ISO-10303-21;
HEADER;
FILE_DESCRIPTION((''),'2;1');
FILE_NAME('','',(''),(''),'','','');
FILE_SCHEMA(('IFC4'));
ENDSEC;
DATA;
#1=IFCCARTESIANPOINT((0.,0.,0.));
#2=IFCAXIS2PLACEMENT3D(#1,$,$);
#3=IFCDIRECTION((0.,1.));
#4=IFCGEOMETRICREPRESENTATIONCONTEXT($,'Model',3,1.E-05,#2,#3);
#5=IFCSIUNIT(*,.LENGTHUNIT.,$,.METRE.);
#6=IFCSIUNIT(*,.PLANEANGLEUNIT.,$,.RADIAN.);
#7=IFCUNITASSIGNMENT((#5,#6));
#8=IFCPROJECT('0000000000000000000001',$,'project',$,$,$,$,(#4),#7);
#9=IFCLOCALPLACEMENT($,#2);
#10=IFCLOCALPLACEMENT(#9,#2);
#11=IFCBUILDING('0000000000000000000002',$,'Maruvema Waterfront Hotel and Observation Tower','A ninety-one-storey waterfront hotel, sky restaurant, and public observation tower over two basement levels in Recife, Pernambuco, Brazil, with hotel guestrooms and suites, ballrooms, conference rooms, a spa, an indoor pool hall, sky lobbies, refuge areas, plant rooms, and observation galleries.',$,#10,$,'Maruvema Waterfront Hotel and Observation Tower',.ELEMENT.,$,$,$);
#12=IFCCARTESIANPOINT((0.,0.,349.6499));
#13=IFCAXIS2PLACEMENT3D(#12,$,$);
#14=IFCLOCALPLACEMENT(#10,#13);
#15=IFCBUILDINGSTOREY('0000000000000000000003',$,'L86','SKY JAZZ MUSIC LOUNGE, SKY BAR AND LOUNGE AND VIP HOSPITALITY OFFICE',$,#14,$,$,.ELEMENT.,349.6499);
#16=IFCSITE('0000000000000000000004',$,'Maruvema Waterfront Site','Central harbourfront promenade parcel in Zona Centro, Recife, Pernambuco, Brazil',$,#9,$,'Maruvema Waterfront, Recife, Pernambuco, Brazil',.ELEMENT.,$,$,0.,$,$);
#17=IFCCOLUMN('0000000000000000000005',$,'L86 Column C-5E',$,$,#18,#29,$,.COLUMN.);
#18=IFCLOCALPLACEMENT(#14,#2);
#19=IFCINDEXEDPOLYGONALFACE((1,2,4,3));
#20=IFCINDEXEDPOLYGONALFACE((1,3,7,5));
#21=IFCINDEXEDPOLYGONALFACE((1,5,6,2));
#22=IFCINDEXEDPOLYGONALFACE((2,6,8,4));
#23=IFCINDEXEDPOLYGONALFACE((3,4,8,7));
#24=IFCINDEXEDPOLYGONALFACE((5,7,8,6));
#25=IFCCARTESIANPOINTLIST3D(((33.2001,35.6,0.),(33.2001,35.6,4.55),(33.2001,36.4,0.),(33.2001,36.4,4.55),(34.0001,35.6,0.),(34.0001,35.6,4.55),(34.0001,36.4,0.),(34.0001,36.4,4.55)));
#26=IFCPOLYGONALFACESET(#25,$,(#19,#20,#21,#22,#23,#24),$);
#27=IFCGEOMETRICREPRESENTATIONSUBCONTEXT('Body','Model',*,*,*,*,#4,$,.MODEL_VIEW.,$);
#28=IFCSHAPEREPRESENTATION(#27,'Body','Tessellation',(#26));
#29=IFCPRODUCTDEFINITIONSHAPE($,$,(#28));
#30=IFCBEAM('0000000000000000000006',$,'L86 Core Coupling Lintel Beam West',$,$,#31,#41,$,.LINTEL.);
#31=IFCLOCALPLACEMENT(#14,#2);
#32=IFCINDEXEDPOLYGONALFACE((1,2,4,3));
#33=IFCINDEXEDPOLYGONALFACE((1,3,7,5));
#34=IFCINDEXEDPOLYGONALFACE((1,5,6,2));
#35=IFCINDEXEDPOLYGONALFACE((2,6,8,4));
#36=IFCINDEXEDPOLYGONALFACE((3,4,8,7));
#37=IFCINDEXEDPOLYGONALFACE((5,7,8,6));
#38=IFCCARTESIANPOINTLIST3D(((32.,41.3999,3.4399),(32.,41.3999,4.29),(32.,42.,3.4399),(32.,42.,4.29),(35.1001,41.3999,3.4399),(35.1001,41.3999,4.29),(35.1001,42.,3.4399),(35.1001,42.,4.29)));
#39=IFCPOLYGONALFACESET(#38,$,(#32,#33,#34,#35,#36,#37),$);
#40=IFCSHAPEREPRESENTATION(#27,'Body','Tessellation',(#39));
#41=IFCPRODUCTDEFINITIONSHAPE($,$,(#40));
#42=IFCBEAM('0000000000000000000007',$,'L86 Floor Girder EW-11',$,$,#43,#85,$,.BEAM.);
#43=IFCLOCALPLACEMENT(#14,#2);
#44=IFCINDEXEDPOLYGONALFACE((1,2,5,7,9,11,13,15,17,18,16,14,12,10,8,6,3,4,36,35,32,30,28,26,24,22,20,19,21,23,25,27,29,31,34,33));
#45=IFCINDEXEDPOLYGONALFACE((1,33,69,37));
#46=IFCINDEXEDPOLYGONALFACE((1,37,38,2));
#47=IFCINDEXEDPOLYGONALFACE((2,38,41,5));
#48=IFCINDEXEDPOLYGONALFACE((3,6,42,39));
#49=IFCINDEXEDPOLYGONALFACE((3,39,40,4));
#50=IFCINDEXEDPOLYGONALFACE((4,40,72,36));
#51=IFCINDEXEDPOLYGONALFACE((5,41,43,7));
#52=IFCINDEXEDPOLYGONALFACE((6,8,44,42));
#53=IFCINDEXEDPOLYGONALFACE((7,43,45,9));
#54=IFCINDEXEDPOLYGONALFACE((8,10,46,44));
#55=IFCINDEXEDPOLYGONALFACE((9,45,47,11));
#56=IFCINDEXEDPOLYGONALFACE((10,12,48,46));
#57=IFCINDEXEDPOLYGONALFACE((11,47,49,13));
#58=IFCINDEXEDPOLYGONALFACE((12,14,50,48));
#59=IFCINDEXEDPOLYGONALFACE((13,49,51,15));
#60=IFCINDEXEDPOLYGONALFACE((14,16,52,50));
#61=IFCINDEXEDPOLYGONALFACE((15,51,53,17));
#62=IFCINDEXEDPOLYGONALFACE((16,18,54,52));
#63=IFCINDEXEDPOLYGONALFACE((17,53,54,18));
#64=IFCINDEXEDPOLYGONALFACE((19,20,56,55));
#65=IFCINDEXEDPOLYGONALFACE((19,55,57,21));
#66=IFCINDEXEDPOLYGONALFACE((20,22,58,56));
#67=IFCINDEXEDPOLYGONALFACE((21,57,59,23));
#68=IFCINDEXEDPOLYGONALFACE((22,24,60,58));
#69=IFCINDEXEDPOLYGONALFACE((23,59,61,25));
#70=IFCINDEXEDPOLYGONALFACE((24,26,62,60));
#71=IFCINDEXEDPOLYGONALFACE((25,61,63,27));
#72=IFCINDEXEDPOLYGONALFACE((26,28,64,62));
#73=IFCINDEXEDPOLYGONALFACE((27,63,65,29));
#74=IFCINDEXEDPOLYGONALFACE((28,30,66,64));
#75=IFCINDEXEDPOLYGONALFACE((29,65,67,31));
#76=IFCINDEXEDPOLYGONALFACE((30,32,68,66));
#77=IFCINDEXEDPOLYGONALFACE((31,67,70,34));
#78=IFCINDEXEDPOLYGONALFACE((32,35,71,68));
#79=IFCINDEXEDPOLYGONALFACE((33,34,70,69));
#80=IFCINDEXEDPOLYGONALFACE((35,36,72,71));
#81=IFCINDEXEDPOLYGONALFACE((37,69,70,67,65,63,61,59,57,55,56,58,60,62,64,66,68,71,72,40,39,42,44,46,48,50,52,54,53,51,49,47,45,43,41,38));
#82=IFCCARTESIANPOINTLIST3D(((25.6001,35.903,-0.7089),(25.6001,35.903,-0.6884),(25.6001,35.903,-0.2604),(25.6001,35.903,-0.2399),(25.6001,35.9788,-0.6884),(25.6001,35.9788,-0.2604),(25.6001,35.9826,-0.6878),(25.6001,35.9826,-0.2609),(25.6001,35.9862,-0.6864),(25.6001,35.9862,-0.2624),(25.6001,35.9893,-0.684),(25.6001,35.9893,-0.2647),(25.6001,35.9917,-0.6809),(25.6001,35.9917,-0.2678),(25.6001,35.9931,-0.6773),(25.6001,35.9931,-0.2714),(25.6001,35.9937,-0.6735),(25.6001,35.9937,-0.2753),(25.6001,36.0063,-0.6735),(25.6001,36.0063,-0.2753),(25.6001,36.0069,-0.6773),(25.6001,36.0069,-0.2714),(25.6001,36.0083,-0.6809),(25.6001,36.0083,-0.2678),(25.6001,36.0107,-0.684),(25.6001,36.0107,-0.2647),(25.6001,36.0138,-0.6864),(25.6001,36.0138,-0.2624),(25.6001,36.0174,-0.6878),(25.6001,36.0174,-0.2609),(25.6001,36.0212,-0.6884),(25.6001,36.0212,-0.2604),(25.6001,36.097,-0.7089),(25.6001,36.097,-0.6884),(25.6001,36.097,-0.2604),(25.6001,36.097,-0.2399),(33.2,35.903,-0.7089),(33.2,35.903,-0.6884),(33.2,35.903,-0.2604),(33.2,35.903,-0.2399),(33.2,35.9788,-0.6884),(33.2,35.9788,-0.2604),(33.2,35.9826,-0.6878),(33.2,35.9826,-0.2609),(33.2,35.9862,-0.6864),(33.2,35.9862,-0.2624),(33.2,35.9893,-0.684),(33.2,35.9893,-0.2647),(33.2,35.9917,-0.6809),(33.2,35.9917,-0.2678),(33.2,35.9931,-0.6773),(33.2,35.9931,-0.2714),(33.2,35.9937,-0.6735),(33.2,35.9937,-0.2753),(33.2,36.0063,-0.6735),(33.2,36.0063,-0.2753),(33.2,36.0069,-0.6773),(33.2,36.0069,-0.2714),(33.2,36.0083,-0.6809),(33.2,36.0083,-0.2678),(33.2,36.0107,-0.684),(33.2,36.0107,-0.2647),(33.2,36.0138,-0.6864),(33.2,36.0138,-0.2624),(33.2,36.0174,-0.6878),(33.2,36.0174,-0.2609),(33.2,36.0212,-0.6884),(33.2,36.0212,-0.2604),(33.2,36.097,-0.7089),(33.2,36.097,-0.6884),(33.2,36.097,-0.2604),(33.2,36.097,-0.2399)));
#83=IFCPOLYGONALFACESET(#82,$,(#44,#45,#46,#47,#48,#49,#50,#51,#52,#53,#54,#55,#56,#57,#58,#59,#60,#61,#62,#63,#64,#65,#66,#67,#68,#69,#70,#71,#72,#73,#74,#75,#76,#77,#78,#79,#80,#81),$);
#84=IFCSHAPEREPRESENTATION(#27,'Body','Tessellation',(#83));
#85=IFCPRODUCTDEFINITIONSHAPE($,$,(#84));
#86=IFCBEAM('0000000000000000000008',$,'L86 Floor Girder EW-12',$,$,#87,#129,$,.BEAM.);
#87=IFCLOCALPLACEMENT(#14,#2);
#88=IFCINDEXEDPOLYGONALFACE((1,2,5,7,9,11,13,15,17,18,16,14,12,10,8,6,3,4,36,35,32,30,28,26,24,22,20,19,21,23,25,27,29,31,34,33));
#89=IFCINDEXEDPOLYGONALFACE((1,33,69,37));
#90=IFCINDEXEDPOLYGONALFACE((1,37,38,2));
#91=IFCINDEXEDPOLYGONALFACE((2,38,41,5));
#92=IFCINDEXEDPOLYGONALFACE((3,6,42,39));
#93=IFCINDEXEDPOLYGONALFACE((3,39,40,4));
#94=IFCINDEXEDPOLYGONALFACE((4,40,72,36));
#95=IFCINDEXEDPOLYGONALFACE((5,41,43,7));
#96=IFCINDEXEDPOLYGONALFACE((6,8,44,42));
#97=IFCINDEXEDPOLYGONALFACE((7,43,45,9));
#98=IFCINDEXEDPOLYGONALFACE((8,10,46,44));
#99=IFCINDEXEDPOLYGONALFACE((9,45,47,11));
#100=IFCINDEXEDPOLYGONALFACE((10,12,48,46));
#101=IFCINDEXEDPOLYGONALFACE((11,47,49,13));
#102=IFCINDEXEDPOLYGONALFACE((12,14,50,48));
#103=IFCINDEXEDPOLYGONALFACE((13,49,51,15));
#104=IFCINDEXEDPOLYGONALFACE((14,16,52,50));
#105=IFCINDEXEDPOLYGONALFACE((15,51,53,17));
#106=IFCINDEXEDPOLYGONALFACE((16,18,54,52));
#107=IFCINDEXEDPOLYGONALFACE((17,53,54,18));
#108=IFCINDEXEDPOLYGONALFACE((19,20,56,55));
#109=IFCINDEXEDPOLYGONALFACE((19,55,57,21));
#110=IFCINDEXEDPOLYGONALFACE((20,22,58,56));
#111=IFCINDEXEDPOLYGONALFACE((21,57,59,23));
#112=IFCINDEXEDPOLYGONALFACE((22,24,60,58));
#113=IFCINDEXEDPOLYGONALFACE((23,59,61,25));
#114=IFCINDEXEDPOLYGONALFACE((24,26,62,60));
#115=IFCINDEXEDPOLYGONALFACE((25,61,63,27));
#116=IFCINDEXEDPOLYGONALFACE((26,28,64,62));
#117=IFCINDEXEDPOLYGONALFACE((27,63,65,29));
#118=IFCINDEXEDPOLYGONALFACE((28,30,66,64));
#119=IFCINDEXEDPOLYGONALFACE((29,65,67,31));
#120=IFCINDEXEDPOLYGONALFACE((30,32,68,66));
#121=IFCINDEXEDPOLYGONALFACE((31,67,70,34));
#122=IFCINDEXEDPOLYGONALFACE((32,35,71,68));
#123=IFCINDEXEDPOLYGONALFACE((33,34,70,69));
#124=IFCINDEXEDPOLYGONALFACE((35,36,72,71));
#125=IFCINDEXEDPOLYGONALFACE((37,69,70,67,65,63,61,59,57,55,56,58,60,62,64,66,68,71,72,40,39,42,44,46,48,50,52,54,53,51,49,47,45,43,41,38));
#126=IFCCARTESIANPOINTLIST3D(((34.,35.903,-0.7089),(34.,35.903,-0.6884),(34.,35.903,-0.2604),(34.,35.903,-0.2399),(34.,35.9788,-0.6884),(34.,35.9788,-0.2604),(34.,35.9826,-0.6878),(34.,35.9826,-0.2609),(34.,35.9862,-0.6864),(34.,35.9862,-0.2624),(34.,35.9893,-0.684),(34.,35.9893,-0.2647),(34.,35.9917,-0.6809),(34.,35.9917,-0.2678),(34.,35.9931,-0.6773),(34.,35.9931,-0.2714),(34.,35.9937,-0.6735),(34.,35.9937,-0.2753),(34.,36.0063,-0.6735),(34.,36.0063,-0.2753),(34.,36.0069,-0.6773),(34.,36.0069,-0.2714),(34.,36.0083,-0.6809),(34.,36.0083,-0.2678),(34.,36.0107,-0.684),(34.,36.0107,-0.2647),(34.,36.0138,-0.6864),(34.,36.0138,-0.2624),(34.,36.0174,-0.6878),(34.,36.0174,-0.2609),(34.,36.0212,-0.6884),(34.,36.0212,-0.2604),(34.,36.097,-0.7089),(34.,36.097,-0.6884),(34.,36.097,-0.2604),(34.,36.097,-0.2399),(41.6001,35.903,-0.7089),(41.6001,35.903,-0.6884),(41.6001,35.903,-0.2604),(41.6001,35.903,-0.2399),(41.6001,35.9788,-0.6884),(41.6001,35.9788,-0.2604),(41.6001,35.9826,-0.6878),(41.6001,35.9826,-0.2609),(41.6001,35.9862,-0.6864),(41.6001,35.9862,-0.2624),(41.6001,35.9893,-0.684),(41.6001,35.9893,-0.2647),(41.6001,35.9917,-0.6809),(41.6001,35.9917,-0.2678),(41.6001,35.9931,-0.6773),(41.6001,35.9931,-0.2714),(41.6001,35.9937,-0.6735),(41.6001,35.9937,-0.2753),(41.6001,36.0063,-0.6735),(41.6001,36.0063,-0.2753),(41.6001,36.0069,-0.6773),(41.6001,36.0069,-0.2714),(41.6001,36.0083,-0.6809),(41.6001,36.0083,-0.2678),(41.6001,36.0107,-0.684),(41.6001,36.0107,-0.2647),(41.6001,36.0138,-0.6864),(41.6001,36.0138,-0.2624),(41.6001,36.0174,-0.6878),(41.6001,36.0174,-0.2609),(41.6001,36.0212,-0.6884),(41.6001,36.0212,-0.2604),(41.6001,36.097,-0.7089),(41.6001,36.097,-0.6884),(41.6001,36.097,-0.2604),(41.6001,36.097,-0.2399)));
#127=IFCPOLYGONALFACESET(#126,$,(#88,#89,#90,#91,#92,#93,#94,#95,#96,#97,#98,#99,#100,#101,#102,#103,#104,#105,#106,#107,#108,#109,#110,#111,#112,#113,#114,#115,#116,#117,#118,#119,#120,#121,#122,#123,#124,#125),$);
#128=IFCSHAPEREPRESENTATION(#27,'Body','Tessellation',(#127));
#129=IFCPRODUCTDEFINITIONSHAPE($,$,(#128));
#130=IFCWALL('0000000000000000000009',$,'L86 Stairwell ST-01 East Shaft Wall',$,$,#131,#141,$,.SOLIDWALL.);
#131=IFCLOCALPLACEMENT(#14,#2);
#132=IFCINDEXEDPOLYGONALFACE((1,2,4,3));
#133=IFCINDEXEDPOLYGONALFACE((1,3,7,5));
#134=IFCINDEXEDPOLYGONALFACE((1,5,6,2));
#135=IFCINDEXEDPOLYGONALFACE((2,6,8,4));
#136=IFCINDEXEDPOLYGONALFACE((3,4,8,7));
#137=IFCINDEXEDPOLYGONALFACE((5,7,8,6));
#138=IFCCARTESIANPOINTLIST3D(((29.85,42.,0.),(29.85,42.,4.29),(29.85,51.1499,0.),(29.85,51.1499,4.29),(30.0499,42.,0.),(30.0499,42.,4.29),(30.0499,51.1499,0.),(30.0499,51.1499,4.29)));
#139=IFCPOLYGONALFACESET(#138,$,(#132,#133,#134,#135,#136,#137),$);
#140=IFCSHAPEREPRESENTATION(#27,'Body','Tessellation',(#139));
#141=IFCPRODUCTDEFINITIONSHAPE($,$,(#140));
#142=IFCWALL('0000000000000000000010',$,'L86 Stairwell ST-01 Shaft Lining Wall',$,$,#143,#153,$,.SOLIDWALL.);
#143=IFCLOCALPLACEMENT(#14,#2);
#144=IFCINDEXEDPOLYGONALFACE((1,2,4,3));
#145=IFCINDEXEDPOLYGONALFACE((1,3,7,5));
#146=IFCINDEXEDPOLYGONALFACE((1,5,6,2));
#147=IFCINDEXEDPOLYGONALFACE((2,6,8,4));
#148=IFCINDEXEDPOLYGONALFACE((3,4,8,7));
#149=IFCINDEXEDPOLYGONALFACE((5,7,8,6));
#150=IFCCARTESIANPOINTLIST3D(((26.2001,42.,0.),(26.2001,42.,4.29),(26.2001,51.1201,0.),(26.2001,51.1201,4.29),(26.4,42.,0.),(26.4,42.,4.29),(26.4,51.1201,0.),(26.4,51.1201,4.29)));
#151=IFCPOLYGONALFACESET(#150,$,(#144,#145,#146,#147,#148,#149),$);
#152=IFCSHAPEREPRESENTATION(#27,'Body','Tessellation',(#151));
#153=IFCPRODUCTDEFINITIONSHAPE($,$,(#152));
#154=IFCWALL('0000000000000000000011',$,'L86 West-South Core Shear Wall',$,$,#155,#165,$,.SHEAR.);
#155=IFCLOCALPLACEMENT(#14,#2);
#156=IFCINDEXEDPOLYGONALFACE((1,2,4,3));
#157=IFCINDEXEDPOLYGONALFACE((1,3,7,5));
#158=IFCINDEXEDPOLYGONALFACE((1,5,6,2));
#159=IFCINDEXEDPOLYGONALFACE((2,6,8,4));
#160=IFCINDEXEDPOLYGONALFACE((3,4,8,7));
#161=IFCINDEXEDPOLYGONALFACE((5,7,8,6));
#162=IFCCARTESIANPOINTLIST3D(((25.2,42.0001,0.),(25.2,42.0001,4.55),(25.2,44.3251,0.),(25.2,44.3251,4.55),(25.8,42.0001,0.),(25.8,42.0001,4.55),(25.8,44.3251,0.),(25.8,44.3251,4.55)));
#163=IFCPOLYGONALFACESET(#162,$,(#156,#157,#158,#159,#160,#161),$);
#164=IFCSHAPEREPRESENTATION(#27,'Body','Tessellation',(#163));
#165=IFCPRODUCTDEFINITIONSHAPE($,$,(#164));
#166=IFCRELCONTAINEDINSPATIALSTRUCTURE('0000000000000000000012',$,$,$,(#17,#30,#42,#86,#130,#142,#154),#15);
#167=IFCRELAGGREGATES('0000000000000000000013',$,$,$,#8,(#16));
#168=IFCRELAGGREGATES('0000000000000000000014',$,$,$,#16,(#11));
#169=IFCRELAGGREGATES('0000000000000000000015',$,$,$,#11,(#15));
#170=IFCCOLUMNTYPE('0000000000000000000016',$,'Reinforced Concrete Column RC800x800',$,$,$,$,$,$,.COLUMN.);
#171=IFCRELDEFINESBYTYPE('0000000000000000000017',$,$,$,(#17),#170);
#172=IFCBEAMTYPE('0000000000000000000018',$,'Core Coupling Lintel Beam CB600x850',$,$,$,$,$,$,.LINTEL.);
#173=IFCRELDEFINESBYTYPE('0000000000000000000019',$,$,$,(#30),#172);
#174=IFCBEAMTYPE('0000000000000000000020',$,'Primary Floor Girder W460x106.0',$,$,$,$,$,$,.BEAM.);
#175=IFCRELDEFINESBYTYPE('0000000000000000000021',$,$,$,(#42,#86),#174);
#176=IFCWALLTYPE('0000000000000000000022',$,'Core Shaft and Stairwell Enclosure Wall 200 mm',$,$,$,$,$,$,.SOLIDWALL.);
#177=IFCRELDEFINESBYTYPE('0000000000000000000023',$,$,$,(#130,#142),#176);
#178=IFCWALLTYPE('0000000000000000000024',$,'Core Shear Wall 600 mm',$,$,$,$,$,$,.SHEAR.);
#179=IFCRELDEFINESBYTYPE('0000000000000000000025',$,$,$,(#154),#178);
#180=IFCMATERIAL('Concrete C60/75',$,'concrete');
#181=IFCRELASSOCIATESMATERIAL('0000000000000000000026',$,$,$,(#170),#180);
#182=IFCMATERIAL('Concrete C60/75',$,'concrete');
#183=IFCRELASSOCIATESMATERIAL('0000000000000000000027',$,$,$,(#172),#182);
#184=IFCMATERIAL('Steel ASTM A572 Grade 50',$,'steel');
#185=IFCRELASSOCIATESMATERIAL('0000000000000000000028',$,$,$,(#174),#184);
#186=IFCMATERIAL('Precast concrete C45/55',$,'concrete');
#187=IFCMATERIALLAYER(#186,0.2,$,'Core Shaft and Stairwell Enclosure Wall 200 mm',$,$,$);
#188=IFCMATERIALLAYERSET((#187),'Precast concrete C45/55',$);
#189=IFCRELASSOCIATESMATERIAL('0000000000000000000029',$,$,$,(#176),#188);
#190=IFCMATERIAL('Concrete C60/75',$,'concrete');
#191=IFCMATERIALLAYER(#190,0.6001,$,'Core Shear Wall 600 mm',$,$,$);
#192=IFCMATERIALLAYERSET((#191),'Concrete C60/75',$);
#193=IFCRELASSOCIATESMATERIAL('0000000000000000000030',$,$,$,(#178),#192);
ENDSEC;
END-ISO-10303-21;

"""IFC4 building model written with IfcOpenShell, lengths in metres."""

from ifc_helpers import new_model, si_unit, direction, frame, frame_2d, origin, origin_2d, place, context, subcontext, project, spatial, rectangle, i_section, extrude, material, layer, layer_set, material_profile, profile_set, type_object, element, save


model = new_model("IFC4")

# Units and contexts
model_context = context("Model", 3, precision=1e-05, world=origin(), true_north=direction((0.0, 1.0)))
body_context = subcontext(model_context, "Body", "Model", "MODEL_VIEW")
ifc_project = project(units=[si_unit("LENGTHUNIT", "METRE"), si_unit("PLANEANGLEUNIT", "RADIAN")], contexts=[model_context])

# Site, building, storey
site_placement = place(None, origin())
site = spatial("IfcSite", under=ifc_project, at=site_placement, Name="Maruvema Waterfront Site", Description="Central harbourfront promenade parcel in Zona Centro, Recife, Pernambuco, Brazil", LongName="Maruvema Waterfront, Recife, Pernambuco, Brazil", CompositionType="ELEMENT", RefElevation=0.0)
building_placement = place(site_placement, origin())
building = spatial("IfcBuilding", under=site, at=building_placement, Name="Maruvema Waterfront Hotel and Observation Tower", Description="A ninety-one-storey waterfront hotel, sky restaurant, and public observation tower over two basement levels in Recife, Pernambuco, Brazil, with hotel guestrooms and suites, ballrooms, conference rooms, a spa, an indoor pool hall, sky lobbies, refuge areas, plant rooms, and observation galleries.", LongName="Maruvema Waterfront Hotel and Observation Tower", CompositionType="ELEMENT")
storey_placement = place(building_placement, frame((0.0, 0.0, 349.6499)))
storey = spatial("IfcBuildingStorey", under=building, at=storey_placement, Name="L86", Description="SKY JAZZ MUSIC LOUNGE, SKY BAR AND LOUNGE AND VIP HOSPITALITY OFFICE", CompositionType="ELEMENT", Elevation=349.6499)

# Column
ifc_material_1 = material(Name="Concrete C60/75", Category="concrete")
ifc_material_profile_1 = material_profile(ifc_material_1, rectangle(XDim=0.8, YDim=0.8, at=origin_2d()), Name="RC800x800")
ifc_profile_set_1 = profile_set([ifc_material_profile_1], Name="Concrete C60/75")
column_type = type_object("IfcColumnType", Name="Reinforced Concrete Column RC800x800", PredefinedType="COLUMN", material=ifc_profile_set_1)
column_placement = place(storey_placement, frame((33.6001, 36.0, 0.0), z_axis=(0.0, 0.0, 1.0), x_axis=(1.0, 0.0, 0.0)))
element("IfcColumn", 1, at=column_placement, inside=storey, type_object=column_type, Name="L86 Column C-5E", PredefinedType="COLUMN", context=body_context, shape_type="SweptSolid", body=[
    extrude(rectangle(XDim=0.8, YDim=0.8, at=origin_2d()), origin(), (0.0, 0.0, 1.0), 4.55),
])

# Beams
ifc_material_2 = material(Name="Concrete C60/75", Category="concrete")
ifc_material_profile_2 = material_profile(ifc_material_2, rectangle(XDim=0.6001, YDim=0.8501, at=origin_2d()), Name="CB600x850")
ifc_profile_set_2 = profile_set([ifc_material_profile_2], Name="Concrete C60/75")
beam_type_1 = type_object("IfcBeamType", Name="Core Coupling Lintel Beam CB600x850", PredefinedType="LINTEL", material=ifc_profile_set_2)
beam_1_placement = place(storey_placement, frame((32.0, 41.7, 3.865), z_axis=(1.0, 0.0, 0.0), x_axis=(0.0, 1.0, 0.0)))
element("IfcBeam", 2, at=beam_1_placement, inside=storey, type_object=beam_type_1, Name="L86 Core Coupling Lintel Beam West", PredefinedType="LINTEL", context=body_context, shape_type="SweptSolid", body=[
    extrude(rectangle(XDim=0.6001, YDim=0.8501, at=origin_2d()), origin(), (0.0, 0.0, 1.0), 3.1001),
])
ifc_material_3 = material(Name="Steel ASTM A572 Grade 50", Category="steel")
ifc_material_profile_3 = material_profile(ifc_material_3, i_section(OverallWidth=0.1941, OverallDepth=0.469, WebThickness=0.0127, FlangeThickness=0.0205, FilletRadius=0.0149, at=origin_2d()), Name="W460x106.0")
ifc_profile_set_3 = profile_set([ifc_material_profile_3], Name="Steel ASTM A572 Grade 50")
beam_type_2 = type_object("IfcBeamType", Name="Primary Floor Girder W460x106.0", PredefinedType="BEAM", material=ifc_profile_set_3)
beam_2_placement = place(storey_placement, frame((25.6001, 36.0, -0.4744), z_axis=(1.0, 0.0, 0.0), x_axis=(0.0, 1.0, 0.0)))
element("IfcBeam", 3, at=beam_2_placement, inside=storey, type_object=beam_type_2, Name="L86 Floor Girder EW-11", PredefinedType="BEAM", context=body_context, shape_type="SweptSolid", body=[
    extrude(i_section(OverallWidth=0.1941, OverallDepth=0.469, WebThickness=0.0127, FlangeThickness=0.0205, FilletRadius=0.0149, at=origin_2d()), origin(), (0.0, 0.0, 1.0), 7.5999),
])
beam_3_placement = place(storey_placement, frame((34.0, 36.0, -0.4744), z_axis=(1.0, 0.0, 0.0), x_axis=(0.0, 1.0, 0.0)))
element("IfcBeam", 4, at=beam_3_placement, inside=storey, type_object=beam_type_2, Name="L86 Floor Girder EW-12", PredefinedType="BEAM", context=body_context, shape_type="SweptSolid", body=[
    extrude(i_section(OverallWidth=0.1941, OverallDepth=0.469, WebThickness=0.0127, FlangeThickness=0.0205, FilletRadius=0.0149, at=origin_2d()), origin(), (0.0, 0.0, 1.0), 7.6001),
])

# Walls
ifc_material_4 = material(Name="Precast concrete C45/55", Category="concrete")
ifc_layer_1 = layer(ifc_material_4, 0.2, Name="Core Shaft and Stairwell Enclosure Wall 200 mm")
ifc_layer_set_1 = layer_set([ifc_layer_1], Name="Precast concrete C45/55")
wall_type_1 = type_object("IfcWallType", Name="Core Shaft and Stairwell Enclosure Wall 200 mm", PredefinedType="SOLIDWALL", material=ifc_layer_set_1)
wall_1_placement = place(storey_placement, frame((29.95, 42.0, 0.0), z_axis=(0.0, 0.0, 1.0), x_axis=(0.0, 1.0, 0.0)))
element("IfcWall", 5, at=wall_1_placement, inside=storey, type_object=wall_type_1, Name="L86 Stairwell ST-01 East Shaft Wall", PredefinedType="SOLIDWALL", context=body_context, shape_type="SweptSolid", body=[
    extrude(rectangle(XDim=9.1499, YDim=0.2, at=frame_2d((4.575, 0.0))), origin(), (0.0, 0.0, 1.0), 4.29),
])
wall_2_placement = place(storey_placement, frame((26.3, 42.0, 0.0), z_axis=(0.0, 0.0, 1.0), x_axis=(0.0, 1.0, 0.0)))
element("IfcWall", 6, at=wall_2_placement, inside=storey, type_object=wall_type_1, Name="L86 Stairwell ST-01 Shaft Lining Wall", PredefinedType="SOLIDWALL", context=body_context, shape_type="SweptSolid", body=[
    extrude(rectangle(XDim=9.1201, YDim=0.2, at=frame_2d((4.5601, 0.0))), origin(), (0.0, 0.0, 1.0), 4.29),
])
ifc_material_5 = material(Name="Concrete C60/75", Category="concrete")
ifc_layer_2 = layer(ifc_material_5, 0.6001, Name="Core Shear Wall 600 mm")
ifc_layer_set_2 = layer_set([ifc_layer_2], Name="Concrete C60/75")
wall_type_2 = type_object("IfcWallType", Name="Core Shear Wall 600 mm", PredefinedType="SHEAR", material=ifc_layer_set_2)
wall_3_placement = place(storey_placement, frame((25.5, 42.0, 0.0), z_axis=(0.0, 0.0, 1.0), x_axis=(0.0, 1.0, 0.0)))
element("IfcWall", 7, at=wall_3_placement, inside=storey, type_object=wall_type_2, Name="L86 West-South Core Shear Wall", PredefinedType="SHEAR", context=body_context, shape_type="SweptSolid", body=[
    extrude(rectangle(XDim=2.325, YDim=0.6001, at=frame_2d((1.1626, 0.0))), origin(), (0.0, 0.0, 1.0), 4.55),
])

save(model, "model.ifc")
